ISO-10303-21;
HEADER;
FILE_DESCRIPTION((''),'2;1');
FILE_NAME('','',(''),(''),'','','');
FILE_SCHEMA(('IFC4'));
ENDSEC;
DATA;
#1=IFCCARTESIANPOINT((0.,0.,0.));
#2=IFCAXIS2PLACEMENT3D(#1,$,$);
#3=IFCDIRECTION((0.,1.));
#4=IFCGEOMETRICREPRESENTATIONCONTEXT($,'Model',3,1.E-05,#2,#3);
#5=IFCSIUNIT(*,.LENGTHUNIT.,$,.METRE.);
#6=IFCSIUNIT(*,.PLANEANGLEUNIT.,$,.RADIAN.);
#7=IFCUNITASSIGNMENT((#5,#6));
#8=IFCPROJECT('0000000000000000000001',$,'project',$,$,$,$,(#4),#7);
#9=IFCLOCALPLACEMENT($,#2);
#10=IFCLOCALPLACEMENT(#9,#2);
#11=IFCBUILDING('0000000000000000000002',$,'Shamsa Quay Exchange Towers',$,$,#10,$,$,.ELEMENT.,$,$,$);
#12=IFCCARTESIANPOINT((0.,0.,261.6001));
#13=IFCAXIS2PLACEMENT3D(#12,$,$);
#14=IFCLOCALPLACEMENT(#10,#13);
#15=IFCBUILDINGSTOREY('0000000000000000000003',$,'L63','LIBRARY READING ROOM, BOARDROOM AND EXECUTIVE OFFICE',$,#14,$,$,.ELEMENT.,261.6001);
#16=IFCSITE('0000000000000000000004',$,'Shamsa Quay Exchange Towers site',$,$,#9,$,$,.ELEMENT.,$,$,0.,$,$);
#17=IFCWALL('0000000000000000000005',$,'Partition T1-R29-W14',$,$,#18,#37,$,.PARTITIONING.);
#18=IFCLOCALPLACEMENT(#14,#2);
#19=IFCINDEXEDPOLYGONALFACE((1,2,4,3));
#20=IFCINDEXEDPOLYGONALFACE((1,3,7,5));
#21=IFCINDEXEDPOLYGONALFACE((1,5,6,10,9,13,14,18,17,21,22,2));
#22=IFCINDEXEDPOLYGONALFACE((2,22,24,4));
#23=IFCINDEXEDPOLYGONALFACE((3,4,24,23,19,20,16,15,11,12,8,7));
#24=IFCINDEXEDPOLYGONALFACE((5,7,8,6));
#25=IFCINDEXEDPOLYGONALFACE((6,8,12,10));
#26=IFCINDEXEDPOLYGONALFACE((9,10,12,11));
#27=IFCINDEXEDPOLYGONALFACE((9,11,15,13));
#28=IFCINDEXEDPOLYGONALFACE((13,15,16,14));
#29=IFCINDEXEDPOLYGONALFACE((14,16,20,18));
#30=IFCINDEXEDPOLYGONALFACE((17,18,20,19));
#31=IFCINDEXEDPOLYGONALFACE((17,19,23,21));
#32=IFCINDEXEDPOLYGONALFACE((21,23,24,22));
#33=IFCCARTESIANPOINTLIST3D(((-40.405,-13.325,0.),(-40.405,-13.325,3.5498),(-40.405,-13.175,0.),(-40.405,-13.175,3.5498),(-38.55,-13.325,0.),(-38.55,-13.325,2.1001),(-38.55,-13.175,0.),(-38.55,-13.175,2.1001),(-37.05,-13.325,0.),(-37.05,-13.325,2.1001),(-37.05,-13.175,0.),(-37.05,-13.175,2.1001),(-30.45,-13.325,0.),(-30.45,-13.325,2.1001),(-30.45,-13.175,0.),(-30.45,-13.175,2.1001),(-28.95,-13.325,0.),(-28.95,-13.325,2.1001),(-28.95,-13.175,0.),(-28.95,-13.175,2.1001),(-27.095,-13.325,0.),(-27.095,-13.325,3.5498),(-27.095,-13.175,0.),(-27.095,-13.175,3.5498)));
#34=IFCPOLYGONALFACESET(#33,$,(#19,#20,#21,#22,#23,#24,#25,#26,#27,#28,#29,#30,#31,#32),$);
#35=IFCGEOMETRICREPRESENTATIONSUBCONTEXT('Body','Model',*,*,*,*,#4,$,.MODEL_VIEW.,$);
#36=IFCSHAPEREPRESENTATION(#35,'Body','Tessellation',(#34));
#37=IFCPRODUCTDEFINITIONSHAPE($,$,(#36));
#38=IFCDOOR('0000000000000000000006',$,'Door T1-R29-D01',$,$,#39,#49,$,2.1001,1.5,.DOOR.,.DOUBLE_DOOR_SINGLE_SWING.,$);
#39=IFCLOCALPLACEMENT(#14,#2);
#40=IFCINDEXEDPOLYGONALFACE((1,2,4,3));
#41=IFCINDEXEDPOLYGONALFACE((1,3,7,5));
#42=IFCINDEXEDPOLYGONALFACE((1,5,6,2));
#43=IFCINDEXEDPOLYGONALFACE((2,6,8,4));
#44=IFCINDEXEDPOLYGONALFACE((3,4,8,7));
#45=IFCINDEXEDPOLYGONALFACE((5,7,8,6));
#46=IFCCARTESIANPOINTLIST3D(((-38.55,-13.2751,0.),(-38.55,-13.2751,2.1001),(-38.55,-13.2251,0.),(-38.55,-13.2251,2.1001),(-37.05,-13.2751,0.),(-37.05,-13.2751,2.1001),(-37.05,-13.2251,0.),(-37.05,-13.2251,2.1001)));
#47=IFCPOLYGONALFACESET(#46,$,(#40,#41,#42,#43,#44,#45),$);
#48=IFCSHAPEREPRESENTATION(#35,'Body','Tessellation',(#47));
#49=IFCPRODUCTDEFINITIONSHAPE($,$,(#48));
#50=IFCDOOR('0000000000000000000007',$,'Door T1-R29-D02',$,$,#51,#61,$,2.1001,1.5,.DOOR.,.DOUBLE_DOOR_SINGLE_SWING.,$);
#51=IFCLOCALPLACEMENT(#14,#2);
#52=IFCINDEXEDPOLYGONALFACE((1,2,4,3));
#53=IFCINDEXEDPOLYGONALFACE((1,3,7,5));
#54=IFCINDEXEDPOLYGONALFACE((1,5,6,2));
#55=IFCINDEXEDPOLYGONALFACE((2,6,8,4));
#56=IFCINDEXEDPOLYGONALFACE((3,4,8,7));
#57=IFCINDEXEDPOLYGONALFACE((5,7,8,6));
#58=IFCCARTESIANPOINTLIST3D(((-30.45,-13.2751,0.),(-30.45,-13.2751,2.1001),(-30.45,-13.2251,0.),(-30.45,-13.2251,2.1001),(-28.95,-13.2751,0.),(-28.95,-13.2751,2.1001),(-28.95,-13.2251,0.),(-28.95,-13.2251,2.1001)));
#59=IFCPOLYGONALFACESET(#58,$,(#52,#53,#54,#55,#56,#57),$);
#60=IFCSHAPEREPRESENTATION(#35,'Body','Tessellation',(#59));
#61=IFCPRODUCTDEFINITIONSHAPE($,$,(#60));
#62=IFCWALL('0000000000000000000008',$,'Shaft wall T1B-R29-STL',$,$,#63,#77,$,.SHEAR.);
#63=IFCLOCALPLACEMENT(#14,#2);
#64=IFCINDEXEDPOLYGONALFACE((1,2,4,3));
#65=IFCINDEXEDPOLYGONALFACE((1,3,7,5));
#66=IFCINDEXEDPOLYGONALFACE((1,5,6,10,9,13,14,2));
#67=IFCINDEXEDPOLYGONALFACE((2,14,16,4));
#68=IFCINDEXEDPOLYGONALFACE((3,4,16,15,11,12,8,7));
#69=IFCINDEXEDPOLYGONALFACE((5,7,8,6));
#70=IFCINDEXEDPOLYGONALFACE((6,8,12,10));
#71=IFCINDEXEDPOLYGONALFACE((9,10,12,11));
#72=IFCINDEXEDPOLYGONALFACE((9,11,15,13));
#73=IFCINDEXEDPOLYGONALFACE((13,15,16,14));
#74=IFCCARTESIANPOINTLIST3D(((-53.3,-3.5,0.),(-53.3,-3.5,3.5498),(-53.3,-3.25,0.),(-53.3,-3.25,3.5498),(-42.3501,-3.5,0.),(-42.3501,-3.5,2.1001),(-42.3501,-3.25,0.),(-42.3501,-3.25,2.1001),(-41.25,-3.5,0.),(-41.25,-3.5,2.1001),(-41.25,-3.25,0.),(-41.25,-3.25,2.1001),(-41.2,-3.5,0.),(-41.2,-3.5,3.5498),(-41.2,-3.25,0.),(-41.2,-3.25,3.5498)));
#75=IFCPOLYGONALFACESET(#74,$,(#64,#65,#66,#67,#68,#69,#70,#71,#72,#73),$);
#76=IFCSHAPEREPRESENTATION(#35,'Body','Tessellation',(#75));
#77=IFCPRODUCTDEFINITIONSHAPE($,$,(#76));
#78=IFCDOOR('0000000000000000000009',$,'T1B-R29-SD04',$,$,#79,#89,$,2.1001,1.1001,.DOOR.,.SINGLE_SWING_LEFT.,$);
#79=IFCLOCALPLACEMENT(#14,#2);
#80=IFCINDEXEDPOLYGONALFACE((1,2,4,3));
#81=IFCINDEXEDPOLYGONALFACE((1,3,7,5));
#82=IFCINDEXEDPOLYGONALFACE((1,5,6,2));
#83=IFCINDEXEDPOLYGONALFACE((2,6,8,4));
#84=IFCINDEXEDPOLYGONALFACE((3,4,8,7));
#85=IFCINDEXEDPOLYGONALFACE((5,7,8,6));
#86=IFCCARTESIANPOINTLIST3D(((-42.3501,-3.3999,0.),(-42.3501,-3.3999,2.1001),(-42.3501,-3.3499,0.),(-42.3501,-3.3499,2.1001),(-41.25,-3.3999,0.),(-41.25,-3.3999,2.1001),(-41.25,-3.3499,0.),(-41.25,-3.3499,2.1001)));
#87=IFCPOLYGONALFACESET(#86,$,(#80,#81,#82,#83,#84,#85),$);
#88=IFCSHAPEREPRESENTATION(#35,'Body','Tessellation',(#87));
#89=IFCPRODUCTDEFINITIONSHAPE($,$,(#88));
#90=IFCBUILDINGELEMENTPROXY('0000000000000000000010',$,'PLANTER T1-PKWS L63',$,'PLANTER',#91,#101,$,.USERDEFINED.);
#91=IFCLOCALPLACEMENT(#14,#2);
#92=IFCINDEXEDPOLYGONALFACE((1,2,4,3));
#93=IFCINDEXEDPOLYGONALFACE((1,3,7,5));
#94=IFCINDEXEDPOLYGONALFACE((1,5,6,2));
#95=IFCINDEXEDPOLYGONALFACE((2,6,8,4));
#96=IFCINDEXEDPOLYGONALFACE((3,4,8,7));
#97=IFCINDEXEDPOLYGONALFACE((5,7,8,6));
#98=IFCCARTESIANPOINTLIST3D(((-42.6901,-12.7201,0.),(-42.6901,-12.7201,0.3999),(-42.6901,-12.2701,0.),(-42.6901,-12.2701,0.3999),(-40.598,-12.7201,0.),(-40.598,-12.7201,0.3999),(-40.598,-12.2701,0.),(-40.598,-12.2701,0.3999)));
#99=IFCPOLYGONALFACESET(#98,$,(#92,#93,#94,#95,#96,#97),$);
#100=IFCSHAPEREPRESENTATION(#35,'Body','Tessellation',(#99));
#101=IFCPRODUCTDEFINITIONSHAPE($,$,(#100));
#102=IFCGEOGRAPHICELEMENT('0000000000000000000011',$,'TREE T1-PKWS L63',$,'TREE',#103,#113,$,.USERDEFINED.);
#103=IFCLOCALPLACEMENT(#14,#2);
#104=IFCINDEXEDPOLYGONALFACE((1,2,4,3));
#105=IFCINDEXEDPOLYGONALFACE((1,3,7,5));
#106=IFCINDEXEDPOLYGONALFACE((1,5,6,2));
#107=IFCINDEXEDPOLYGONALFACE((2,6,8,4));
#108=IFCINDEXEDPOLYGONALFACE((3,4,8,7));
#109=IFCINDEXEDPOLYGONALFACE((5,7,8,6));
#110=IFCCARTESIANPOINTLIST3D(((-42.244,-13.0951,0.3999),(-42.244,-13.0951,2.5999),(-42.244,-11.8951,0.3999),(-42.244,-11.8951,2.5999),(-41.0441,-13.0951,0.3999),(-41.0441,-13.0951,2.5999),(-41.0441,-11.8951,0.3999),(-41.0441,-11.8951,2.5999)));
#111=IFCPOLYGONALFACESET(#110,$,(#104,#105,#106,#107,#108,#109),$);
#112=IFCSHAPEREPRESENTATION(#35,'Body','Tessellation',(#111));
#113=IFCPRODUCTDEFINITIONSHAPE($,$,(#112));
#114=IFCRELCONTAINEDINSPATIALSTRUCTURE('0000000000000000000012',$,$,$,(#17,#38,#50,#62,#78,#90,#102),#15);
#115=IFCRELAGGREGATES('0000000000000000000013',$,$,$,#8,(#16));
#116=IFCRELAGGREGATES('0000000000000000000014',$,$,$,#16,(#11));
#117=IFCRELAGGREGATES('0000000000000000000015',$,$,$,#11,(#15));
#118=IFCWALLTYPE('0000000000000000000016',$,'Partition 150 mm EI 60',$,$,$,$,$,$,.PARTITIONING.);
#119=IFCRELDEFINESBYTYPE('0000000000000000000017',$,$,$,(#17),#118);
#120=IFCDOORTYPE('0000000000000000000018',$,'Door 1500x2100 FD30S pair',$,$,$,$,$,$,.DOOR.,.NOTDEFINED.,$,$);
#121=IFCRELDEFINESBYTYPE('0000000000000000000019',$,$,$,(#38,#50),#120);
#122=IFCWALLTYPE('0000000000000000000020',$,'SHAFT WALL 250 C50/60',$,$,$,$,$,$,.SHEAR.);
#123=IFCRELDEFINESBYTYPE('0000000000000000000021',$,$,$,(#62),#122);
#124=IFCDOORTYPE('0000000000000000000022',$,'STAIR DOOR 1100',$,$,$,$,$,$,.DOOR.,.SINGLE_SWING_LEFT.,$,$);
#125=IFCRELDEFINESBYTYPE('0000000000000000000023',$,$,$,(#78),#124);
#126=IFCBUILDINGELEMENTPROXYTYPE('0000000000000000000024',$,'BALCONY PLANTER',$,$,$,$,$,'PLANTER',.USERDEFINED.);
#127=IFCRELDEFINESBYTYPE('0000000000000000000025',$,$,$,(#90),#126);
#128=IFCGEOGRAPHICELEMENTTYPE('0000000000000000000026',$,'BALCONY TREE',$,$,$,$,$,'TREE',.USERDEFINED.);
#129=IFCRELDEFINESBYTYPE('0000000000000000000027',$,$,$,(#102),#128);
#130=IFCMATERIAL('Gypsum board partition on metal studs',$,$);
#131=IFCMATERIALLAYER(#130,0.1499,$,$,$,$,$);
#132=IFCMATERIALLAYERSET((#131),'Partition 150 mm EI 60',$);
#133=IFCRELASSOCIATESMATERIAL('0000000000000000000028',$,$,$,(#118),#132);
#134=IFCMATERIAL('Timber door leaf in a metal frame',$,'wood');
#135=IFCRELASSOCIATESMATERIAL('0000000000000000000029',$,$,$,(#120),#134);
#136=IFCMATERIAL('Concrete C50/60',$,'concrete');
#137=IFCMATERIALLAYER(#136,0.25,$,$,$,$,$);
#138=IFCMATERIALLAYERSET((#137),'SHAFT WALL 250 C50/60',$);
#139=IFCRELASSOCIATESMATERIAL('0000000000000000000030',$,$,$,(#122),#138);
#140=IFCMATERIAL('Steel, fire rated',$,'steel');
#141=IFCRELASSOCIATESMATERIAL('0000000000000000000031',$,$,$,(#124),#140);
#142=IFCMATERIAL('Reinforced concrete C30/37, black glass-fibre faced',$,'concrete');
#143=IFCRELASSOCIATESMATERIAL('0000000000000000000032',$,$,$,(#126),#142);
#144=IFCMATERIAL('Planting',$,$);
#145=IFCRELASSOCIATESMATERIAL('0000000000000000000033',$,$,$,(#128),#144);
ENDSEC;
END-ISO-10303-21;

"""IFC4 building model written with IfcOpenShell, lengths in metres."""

from ifc_helpers import new_model, si_unit, direction, frame, frame_2d, origin, origin_2d, place, context, subcontext, project, spatial, rectangle, extrude, material, layer, layer_set, type_object, element, fill, save


model = new_model("IFC4")

# Units and contexts
model_context = context("Model", 3, precision=1e-05, world=origin(), true_north=direction((0.0, 1.0)))
body_context = subcontext(model_context, "Body", "Model", "MODEL_VIEW")
ifc_project = project(units=[si_unit("LENGTHUNIT", "METRE"), si_unit("PLANEANGLEUNIT", "RADIAN")], contexts=[model_context])

# Site, building, storey
site_placement = place(None, origin())
site = spatial("IfcSite", under=ifc_project, at=site_placement, Name="Shamsa Quay Exchange Towers site", CompositionType="ELEMENT", RefElevation=0.0)
building_placement = place(site_placement, origin())
building = spatial("IfcBuilding", under=site, at=building_placement, Name="Shamsa Quay Exchange Towers", CompositionType="ELEMENT")
storey_placement = place(building_placement, frame((0.0, 0.0, 261.6001)))
storey = spatial("IfcBuildingStorey", under=building, at=storey_placement, Name="L63", Description="LIBRARY READING ROOM, BOARDROOM AND EXECUTIVE OFFICE", CompositionType="ELEMENT", Elevation=261.6001)

# Shared definitions
ifc_material_1 = material(Name="Timber door leaf in a metal frame", Category="wood")

# Shared definitions
ifc_material_2 = material(Name="Steel, fire rated", Category="steel")
ifc_material_3 = material(Name="Gypsum board partition on metal studs")
ifc_layer_1 = layer(ifc_material_3, 0.1499)
ifc_layer_set_1 = layer_set([ifc_layer_1], Name="Partition 150 mm EI 60")
wall_type_1 = type_object("IfcWallType", Name="Partition 150 mm EI 60", PredefinedType="PARTITIONING", material=ifc_layer_set_1)

# Wall, openings, doors
wall_1_placement = place(storey_placement, frame((-40.405, -13.25, 0.0)))
wall_1 = element("IfcWall", 1, at=wall_1_placement, inside=storey, type_object=wall_type_1, Name="Partition T1-R29-W14", PredefinedType="PARTITIONING", context=body_context, shape_type="SweptSolid", body=[
    extrude(rectangle(XDim=13.3101, YDim=0.1499, at=frame_2d((6.655, 0.0))), origin(), (0.0, 0.0, 1.0), 3.5498),
])
opening_1_placement = place(wall_1_placement, frame((1.855, 0.0, 0.0)))
opening_1 = element("IfcOpeningElement", 2, at=opening_1_placement, cuts=wall_1, PredefinedType="OPENING", context=body_context, shape_type="SweptSolid", body=[
    extrude(rectangle(XDim=1.5, YDim=2.1001, at=frame_2d((0.75, 1.05))), frame((0.0, 0.085, 0.0), z_axis=(0.0, -1.0, 0.0), x_axis=(1.0, 0.0, 0.0)), (0.0, 0.0, 1.0), 0.1699),
])
opening_2_placement = place(wall_1_placement, frame((9.9551, 0.0, 0.0)))
opening_2 = element("IfcOpeningElement", 3, at=opening_2_placement, cuts=wall_1, PredefinedType="OPENING", context=body_context, shape_type="SweptSolid", body=[
    extrude(rectangle(XDim=1.5, YDim=2.1001, at=frame_2d((0.75, 1.05))), frame((0.0, 0.085, 0.0), z_axis=(0.0, -1.0, 0.0), x_axis=(1.0, 0.0, 0.0)), (0.0, 0.0, 1.0), 0.1699),
])
door_type_1 = type_object("IfcDoorType", Name="Door 1500x2100 FD30S pair", OperationType="NOTDEFINED", PredefinedType="DOOR", material=ifc_material_1)
door_1_placement = place(opening_1_placement, origin())
door_1 = element("IfcDoor", 4, at=door_1_placement, inside=storey, type_object=door_type_1, Name="Door T1-R29-D01", OperationType="DOUBLE_DOOR_SINGLE_SWING", OverallHeight=2.1001, OverallWidth=1.5, PredefinedType="DOOR", context=body_context, shape_type="SweptSolid", body=[
    extrude(rectangle(XDim=1.5, YDim=2.1001, at=frame_2d((0.75, 1.05))), frame((0.0, 0.0249, 0.0), z_axis=(0.0, -1.0, 0.0), x_axis=(1.0, 0.0, 0.0)), (0.0, 0.0, 1.0), 0.05),
])
fill(opening_1, door_1)
door_2_placement = place(opening_2_placement, origin())
door_2 = element("IfcDoor", 5, at=door_2_placement, inside=storey, type_object=door_type_1, Name="Door T1-R29-D02", OperationType="DOUBLE_DOOR_SINGLE_SWING", OverallHeight=2.1001, OverallWidth=1.5, PredefinedType="DOOR", context=body_context, shape_type="SweptSolid", body=[
    extrude(rectangle(XDim=1.5, YDim=2.1001, at=frame_2d((0.75, 1.05))), frame((0.0, 0.0249, 0.0), z_axis=(0.0, -1.0, 0.0), x_axis=(1.0, 0.0, 0.0)), (0.0, 0.0, 1.0), 0.05),
])
fill(opening_2, door_2)

# Wall, opening, door
ifc_material_4 = material(Name="Concrete C50/60", Category="concrete")
ifc_layer_2 = layer(ifc_material_4, 0.25)
ifc_layer_set_2 = layer_set([ifc_layer_2], Name="SHAFT WALL 250 C50/60")
wall_type_2 = type_object("IfcWallType", Name="SHAFT WALL 250 C50/60", PredefinedType="SHEAR", material=ifc_layer_set_2)
wall_2_placement = place(storey_placement, frame((-41.2, -3.375, 0.0), z_axis=(0.0, 0.0, 1.0), x_axis=(-1.0, 0.0, 0.0)))
wall_2 = element("IfcWall", 6, at=wall_2_placement, inside=storey, type_object=wall_type_2, Name="Shaft wall T1B-R29-STL", PredefinedType="SHEAR", context=body_context, shape_type="SweptSolid", body=[
    extrude(rectangle(XDim=12.1001, YDim=0.25, at=frame_2d((6.05, 0.0))), origin(), (0.0, 0.0, 1.0), 3.5498),
])
opening_3_placement = place(wall_2_placement, frame((0.05, 0.0, 0.0)))
opening_3 = element("IfcOpeningElement", 7, at=opening_3_placement, cuts=wall_2, PredefinedType="OPENING", context=body_context, shape_type="SweptSolid", body=[
    extrude(rectangle(XDim=1.1001, YDim=2.1001, at=frame_2d((0.55, 1.05))), frame((0.0, 0.135, 0.0), z_axis=(0.0, -1.0, 0.0), x_axis=(1.0, 0.0, 0.0)), (0.0, 0.0, 1.0), 0.27),
])
door_type_2 = type_object("IfcDoorType", Name="STAIR DOOR 1100", OperationType="SINGLE_SWING_LEFT", PredefinedType="DOOR", material=ifc_material_2)
door_3_placement = place(opening_3_placement, origin())
door_3 = element("IfcDoor", 8, at=door_3_placement, inside=storey, type_object=door_type_2, Name="T1B-R29-SD04", OperationType="SINGLE_SWING_LEFT", OverallHeight=2.1001, OverallWidth=1.1001, PredefinedType="DOOR", context=body_context, shape_type="SweptSolid", body=[
    extrude(rectangle(XDim=1.1001, YDim=2.1001, at=frame_2d((0.55, 1.05))), frame((0.0, 0.0249, 0.0), z_axis=(0.0, -1.0, 0.0), x_axis=(1.0, 0.0, 0.0)), (0.0, 0.0, 1.0), 0.05),
])
fill(opening_3, door_3)

# Building element proxy
ifc_material_5 = material(Name="Reinforced concrete C30/37, black glass-fibre faced", Category="concrete")
building_element_proxy_type = type_object("IfcBuildingElementProxyType", Name="BALCONY PLANTER", ElementType="PLANTER", PredefinedType="USERDEFINED", material=ifc_material_5)
proxy_placement = place(storey_placement, frame((-41.644, -12.4951, 0.0)))
element("IfcBuildingElementProxy", 9, at=proxy_placement, inside=storey, type_object=building_element_proxy_type, Name="PLANTER T1-PKWS L63", ObjectType="PLANTER", PredefinedType="USERDEFINED", context=body_context, shape_type="SweptSolid", body=[
    extrude(rectangle(XDim=2.092, YDim=0.45, at=origin_2d()), origin(), (0.0, 0.0, 1.0), 0.3999),
])

# Geographic element
ifc_material_6 = material(Name="Planting")
geographic_element_type = type_object("IfcGeographicElementType", Name="BALCONY TREE", ElementType="TREE", PredefinedType="USERDEFINED", material=ifc_material_6)
geographic_element_placement = place(storey_placement, frame((-41.644, -12.4951, 0.3999)))
element("IfcGeographicElement", 10, at=geographic_element_placement, inside=storey, type_object=geographic_element_type, Name="TREE T1-PKWS L63", ObjectType="TREE", PredefinedType="USERDEFINED", context=body_context, shape_type="SweptSolid", body=[
    extrude(rectangle(XDim=1.2, YDim=1.2, at=origin_2d()), origin(), (0.0, 0.0, 1.0), 2.2),
])

save(model, "model.ifc")
